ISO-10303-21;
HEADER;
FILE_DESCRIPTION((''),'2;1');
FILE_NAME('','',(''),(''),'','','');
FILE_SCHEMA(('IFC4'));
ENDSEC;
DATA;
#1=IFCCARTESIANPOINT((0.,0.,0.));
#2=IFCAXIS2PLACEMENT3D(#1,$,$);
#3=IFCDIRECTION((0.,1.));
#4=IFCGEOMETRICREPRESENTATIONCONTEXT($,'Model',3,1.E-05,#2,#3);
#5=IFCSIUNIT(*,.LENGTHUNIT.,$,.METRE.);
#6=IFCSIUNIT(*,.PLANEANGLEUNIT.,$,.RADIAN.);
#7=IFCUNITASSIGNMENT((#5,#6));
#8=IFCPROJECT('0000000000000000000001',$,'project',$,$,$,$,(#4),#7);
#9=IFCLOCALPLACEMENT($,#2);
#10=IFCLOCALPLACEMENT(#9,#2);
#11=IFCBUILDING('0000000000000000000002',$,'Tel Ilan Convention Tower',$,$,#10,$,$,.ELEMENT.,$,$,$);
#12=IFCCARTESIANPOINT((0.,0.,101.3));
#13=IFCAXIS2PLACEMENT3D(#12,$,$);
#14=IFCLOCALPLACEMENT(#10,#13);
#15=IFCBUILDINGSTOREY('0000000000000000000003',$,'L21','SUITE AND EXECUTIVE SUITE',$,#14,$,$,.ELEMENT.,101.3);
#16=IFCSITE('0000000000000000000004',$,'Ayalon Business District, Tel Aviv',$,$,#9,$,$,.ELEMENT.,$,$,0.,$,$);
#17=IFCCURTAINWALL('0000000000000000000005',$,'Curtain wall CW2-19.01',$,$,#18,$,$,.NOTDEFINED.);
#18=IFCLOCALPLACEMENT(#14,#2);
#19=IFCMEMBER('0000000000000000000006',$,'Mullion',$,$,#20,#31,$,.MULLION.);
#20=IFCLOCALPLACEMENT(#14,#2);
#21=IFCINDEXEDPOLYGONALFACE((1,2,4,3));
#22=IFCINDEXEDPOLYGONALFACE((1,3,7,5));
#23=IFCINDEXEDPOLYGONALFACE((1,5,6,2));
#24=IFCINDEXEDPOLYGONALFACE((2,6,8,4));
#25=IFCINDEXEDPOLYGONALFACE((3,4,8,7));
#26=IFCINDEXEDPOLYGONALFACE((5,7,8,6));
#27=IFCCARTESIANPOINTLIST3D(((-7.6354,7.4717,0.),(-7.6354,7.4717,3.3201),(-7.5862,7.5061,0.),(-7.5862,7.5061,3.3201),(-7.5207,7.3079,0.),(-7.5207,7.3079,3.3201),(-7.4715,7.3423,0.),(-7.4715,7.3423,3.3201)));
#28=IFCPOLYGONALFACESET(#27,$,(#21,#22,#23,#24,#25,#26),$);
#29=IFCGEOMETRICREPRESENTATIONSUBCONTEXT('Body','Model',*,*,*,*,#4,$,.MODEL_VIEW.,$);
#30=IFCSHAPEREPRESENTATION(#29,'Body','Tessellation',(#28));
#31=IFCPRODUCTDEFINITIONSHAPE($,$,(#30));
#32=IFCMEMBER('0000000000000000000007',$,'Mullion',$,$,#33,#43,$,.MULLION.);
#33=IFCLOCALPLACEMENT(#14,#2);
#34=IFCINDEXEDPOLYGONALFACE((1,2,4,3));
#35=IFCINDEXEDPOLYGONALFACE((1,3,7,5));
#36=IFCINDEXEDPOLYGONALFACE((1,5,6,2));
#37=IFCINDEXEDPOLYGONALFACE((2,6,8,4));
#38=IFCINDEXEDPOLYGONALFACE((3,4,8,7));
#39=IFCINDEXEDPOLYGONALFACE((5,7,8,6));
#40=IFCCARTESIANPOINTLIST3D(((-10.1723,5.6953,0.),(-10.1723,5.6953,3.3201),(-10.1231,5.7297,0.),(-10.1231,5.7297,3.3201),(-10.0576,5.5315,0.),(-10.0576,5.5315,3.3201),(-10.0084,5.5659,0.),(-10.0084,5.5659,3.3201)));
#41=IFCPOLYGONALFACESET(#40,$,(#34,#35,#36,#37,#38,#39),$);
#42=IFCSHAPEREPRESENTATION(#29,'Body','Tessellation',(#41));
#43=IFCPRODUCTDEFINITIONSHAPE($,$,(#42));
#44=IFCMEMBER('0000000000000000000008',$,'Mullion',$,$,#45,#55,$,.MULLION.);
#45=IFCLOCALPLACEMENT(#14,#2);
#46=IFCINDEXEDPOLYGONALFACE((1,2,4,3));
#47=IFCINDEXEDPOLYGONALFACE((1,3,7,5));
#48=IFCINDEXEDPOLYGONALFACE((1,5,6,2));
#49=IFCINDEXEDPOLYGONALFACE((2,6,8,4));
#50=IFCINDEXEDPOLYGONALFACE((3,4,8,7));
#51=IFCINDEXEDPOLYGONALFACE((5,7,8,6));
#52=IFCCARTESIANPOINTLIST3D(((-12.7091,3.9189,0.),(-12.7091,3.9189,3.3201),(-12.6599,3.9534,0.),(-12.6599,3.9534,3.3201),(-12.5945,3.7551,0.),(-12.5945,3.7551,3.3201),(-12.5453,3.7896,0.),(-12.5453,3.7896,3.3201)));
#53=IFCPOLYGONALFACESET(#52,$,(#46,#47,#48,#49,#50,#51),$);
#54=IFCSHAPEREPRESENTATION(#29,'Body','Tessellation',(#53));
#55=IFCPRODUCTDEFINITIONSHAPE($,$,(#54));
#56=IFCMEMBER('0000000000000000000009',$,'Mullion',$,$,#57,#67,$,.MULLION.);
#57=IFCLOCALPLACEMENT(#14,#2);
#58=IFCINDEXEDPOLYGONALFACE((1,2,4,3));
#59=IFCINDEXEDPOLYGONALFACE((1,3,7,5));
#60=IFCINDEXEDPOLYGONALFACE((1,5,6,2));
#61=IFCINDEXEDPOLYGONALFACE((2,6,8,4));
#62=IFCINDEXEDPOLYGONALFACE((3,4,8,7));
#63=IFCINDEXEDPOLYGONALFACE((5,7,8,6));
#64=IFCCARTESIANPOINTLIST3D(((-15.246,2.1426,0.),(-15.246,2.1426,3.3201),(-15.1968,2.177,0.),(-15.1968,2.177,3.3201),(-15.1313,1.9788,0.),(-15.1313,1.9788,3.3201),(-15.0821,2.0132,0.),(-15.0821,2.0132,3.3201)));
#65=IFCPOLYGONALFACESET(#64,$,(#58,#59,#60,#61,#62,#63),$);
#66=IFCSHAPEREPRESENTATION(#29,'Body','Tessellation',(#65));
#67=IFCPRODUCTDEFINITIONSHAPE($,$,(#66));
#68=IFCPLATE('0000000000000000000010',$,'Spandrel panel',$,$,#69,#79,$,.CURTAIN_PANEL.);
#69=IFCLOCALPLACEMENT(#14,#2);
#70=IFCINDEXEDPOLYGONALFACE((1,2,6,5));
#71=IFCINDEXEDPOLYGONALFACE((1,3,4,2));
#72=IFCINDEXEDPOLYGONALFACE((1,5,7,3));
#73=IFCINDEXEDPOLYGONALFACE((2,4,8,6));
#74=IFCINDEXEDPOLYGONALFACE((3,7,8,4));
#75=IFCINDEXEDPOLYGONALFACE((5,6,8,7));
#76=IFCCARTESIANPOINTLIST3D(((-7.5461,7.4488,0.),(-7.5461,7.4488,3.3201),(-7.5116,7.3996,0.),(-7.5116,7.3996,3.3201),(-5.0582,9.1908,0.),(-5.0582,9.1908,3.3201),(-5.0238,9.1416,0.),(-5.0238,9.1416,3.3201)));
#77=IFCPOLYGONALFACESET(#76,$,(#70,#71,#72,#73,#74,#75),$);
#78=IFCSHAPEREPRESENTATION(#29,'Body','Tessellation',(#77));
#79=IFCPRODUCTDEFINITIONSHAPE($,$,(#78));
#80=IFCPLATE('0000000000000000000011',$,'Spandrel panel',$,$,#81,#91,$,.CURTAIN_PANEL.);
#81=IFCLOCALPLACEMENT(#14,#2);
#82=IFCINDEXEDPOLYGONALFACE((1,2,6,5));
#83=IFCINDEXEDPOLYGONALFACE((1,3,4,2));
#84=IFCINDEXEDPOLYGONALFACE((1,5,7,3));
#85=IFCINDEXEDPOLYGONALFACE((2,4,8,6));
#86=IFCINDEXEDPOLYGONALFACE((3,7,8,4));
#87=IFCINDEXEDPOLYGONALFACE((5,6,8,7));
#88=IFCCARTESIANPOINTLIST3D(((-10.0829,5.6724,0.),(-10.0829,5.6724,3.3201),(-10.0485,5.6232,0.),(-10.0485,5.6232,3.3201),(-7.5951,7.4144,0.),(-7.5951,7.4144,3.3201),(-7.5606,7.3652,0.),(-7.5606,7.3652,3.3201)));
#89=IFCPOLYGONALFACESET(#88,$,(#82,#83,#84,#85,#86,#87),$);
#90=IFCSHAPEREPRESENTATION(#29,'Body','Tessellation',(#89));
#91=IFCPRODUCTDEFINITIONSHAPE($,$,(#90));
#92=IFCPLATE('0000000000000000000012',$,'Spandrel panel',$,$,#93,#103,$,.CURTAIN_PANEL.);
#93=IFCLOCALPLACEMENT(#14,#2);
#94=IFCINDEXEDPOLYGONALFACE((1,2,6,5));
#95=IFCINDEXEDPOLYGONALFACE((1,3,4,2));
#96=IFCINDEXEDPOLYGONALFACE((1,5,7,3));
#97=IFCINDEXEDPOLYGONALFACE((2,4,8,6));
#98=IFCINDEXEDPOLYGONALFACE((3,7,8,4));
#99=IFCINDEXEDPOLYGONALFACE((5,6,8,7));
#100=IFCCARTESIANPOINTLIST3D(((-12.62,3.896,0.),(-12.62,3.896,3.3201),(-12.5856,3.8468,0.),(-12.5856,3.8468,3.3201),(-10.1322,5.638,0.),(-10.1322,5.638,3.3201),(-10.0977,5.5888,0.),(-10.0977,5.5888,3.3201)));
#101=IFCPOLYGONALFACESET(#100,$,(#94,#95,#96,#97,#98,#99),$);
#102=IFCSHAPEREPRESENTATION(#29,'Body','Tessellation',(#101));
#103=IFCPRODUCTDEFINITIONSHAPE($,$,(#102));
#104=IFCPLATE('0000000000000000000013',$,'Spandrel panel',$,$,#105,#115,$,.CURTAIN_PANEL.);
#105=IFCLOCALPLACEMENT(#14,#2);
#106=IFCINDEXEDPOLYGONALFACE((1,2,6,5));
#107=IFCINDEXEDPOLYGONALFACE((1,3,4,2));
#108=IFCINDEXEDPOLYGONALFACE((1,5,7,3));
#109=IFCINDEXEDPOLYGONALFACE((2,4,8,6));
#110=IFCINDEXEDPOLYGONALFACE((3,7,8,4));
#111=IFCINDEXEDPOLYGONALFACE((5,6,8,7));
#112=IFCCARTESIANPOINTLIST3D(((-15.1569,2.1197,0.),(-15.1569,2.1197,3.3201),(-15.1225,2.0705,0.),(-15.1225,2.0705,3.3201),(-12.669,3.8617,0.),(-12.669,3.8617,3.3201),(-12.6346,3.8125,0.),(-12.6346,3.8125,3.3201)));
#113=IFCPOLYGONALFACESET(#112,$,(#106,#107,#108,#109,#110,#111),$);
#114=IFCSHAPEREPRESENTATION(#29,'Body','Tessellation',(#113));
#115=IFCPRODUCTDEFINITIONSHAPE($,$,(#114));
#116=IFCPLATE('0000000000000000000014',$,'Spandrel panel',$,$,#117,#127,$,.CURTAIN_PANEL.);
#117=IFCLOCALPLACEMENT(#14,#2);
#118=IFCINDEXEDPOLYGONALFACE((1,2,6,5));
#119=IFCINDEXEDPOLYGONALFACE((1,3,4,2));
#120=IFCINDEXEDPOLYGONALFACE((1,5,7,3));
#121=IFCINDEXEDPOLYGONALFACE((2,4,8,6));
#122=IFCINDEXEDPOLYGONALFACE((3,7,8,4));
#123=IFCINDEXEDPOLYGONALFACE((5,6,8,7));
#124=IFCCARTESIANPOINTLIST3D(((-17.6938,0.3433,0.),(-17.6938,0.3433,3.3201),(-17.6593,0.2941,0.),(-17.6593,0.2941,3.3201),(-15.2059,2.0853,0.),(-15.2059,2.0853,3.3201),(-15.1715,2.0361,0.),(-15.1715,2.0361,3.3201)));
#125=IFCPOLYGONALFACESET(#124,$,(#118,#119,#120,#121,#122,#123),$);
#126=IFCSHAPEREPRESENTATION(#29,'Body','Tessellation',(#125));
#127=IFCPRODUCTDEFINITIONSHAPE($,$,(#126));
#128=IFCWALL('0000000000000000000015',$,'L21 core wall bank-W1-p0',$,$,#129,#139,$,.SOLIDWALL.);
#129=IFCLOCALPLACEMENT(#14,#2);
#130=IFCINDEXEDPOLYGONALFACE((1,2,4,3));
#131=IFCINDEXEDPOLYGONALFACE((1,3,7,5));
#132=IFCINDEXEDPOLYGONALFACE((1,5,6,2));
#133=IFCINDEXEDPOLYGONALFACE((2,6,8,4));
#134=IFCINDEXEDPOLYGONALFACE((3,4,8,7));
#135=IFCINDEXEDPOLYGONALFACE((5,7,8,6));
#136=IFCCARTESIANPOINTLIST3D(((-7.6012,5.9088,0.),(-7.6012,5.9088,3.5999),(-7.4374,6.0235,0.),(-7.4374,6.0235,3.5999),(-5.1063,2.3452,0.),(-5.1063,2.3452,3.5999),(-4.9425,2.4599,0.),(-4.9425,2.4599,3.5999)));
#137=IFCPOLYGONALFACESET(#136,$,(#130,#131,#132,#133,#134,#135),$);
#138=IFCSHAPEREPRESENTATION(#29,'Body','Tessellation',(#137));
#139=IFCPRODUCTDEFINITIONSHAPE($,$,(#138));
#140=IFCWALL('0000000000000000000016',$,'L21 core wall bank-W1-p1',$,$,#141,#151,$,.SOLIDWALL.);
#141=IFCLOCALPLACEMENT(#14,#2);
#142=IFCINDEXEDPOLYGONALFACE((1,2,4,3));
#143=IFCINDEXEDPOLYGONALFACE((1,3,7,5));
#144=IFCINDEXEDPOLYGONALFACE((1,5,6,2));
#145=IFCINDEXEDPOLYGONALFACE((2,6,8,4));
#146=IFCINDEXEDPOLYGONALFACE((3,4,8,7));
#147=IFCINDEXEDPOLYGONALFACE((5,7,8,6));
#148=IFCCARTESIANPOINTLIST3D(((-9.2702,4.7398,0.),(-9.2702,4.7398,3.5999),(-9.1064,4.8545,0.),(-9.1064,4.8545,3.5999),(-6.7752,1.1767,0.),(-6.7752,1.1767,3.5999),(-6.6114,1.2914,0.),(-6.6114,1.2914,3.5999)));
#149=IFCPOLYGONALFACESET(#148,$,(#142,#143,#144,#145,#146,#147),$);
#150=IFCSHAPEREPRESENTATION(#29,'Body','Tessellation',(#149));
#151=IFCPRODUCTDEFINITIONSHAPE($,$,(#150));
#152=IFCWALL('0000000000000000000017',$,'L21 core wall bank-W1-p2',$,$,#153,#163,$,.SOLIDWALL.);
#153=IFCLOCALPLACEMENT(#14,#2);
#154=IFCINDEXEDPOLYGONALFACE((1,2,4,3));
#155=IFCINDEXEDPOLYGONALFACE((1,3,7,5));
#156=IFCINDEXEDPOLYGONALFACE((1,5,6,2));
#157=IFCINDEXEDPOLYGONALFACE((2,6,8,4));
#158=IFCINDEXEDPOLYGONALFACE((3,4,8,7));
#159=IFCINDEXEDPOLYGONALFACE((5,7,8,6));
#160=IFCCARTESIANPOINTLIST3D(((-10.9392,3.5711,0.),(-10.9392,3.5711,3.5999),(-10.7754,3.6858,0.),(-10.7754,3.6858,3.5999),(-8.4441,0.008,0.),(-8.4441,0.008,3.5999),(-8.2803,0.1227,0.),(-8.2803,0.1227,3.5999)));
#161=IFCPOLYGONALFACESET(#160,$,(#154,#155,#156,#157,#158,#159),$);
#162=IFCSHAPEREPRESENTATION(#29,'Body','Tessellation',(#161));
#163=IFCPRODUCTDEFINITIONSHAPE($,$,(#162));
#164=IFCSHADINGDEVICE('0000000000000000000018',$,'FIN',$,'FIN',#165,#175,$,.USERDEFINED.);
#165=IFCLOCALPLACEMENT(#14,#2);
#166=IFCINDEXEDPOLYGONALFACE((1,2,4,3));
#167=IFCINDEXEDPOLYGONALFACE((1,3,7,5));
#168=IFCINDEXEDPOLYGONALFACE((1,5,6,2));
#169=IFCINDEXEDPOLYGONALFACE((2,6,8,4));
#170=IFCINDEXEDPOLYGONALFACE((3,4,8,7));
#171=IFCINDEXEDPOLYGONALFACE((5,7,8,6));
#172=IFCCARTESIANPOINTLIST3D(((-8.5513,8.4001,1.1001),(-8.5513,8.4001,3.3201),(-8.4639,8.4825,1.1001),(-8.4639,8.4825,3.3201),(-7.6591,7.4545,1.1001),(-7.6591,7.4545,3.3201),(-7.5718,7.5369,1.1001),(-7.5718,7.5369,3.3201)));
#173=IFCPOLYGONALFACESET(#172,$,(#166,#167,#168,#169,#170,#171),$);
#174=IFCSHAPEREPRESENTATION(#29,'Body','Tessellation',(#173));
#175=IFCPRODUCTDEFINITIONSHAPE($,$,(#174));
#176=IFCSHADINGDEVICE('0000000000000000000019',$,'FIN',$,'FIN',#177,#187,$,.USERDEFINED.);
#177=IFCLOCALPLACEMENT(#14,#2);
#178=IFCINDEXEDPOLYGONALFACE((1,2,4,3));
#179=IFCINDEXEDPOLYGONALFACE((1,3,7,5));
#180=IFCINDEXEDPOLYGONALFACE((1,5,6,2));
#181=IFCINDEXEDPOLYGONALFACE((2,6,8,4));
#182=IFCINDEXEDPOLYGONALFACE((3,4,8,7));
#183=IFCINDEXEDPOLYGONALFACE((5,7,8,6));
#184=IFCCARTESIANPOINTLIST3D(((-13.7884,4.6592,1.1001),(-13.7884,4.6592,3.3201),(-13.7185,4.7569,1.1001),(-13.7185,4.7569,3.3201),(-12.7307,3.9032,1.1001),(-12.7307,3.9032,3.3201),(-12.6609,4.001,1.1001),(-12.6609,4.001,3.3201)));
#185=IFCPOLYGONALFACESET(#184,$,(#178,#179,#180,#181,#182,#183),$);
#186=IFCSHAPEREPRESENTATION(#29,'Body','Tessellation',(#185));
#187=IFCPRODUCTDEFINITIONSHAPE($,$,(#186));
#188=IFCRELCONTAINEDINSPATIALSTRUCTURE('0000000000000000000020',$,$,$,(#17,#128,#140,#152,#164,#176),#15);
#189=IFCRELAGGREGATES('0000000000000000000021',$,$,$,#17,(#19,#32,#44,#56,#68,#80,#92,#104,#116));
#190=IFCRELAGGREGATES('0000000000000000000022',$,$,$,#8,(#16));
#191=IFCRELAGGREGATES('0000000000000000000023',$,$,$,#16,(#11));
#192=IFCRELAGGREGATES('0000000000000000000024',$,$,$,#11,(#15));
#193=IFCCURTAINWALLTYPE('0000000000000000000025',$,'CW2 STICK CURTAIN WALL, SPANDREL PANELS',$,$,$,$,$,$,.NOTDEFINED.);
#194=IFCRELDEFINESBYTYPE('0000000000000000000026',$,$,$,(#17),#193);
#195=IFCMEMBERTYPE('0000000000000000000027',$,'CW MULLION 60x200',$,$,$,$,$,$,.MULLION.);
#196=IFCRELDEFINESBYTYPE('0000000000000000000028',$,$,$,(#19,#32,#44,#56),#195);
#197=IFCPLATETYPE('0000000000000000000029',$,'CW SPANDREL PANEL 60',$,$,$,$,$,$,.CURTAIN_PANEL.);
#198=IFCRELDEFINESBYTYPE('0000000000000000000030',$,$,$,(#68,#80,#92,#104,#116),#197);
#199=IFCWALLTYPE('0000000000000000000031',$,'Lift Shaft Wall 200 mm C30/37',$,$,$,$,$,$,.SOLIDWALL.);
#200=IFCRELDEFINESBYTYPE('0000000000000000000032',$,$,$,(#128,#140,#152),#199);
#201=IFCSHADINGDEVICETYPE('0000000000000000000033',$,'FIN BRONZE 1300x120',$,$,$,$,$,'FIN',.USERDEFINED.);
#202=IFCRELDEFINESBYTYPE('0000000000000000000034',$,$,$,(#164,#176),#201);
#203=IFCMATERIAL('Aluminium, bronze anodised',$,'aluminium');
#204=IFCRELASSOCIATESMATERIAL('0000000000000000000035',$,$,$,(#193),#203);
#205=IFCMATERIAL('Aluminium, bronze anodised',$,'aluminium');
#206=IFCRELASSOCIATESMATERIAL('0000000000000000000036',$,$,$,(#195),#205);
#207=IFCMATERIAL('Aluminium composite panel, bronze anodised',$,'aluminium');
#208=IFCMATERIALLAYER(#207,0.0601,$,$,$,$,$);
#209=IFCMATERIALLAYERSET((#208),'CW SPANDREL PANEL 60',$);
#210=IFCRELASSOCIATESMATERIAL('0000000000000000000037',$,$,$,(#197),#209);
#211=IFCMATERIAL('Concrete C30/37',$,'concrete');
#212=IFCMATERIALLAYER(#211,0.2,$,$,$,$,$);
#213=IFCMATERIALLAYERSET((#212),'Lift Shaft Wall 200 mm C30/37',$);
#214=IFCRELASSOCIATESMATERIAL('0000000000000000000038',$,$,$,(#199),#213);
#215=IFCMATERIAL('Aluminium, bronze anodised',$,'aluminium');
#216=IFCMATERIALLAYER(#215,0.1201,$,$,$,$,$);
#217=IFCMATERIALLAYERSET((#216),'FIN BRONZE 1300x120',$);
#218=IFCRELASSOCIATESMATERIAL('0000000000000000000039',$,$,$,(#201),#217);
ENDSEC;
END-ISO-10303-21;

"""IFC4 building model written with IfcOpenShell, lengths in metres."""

from ifc_helpers import new_model, si_unit, direction, frame, frame_2d, origin, origin_2d, place, context, subcontext, project, spatial, rectangle, extrude, material, layer, layer_set, material_profile, profile_set, type_object, element, aggregate, save


model = new_model("IFC4")

# Units and contexts
model_context = context("Model", 3, precision=1e-05, world=origin(), true_north=direction((0.0, 1.0)))
body_context = subcontext(model_context, "Body", "Model", "MODEL_VIEW")
ifc_project = project(units=[si_unit("LENGTHUNIT", "METRE"), si_unit("PLANEANGLEUNIT", "RADIAN")], contexts=[model_context])

# Site, building, storey
site_placement = place(None, origin())
site = spatial("IfcSite", under=ifc_project, at=site_placement, Name="Ayalon Business District, Tel Aviv", CompositionType="ELEMENT", RefElevation=0.0)
building_placement = place(site_placement, origin())
building = spatial("IfcBuilding", under=site, at=building_placement, Name="Tel Ilan Convention Tower", CompositionType="ELEMENT")
storey_placement = place(building_placement, frame((0.0, 0.0, 101.3)))
storey = spatial("IfcBuildingStorey", under=building, at=storey_placement, Name="L21", Description="SUITE AND EXECUTIVE SUITE", CompositionType="ELEMENT", Elevation=101.3)

# Curtain wall, members, plates
ifc_material_1 = material(Name="Aluminium, bronze anodised", Category="aluminium")
curtain_wall_type = type_object("IfcCurtainWallType", Name="CW2 STICK CURTAIN WALL, SPANDREL PANELS", PredefinedType="NOTDEFINED", material=ifc_material_1)
curtain_wall_placement = place(storey_placement, origin())
curtain_wall = element("IfcCurtainWall", 1, at=curtain_wall_placement, inside=storey, type_object=curtain_wall_type, Name="Curtain wall CW2-19.01", PredefinedType="NOTDEFINED")
ifc_material_2 = material(Name="Aluminium, bronze anodised", Category="aluminium")
ifc_material_profile = material_profile(ifc_material_2, rectangle(XDim=0.0601, YDim=0.2, at=origin_2d()), Name="CW MULLION 60x200")
ifc_profile_set = profile_set([ifc_material_profile], Name="Aluminium, bronze anodised")
member_type = type_object("IfcMemberType", Name="CW MULLION 60x200", PredefinedType="MULLION", material=ifc_profile_set)
member_1_placement = place(storey_placement, frame((-7.5535, 7.407, 0.0), z_axis=(0.0, 0.0, 1.0), x_axis=(-0.819152, -0.573576, 0.0)))
member_1 = element("IfcMember", 2, at=member_1_placement, type_object=member_type, Name="Mullion", PredefinedType="MULLION", context=body_context, shape_type="SweptSolid", body=[
    extrude(rectangle(XDim=0.0601, YDim=0.2, at=origin_2d()), origin(), (0.0, 0.0, 1.0), 3.3201),
])
member_2_placement = place(storey_placement, frame((-10.0903, 5.6306, 0.0), z_axis=(0.0, 0.0, 1.0), x_axis=(-0.819152, -0.573576, 0.0)))
member_2 = element("IfcMember", 3, at=member_2_placement, type_object=member_type, Name="Mullion", PredefinedType="MULLION", context=body_context, shape_type="SweptSolid", body=[
    extrude(rectangle(XDim=0.0601, YDim=0.2, at=origin_2d()), origin(), (0.0, 0.0, 1.0), 3.3201),
])
member_3_placement = place(storey_placement, frame((-12.6272, 3.8542, 0.0), z_axis=(0.0, 0.0, 1.0), x_axis=(-0.819152, -0.573576, 0.0)))
member_3 = element("IfcMember", 4, at=member_3_placement, type_object=member_type, Name="Mullion", PredefinedType="MULLION", context=body_context, shape_type="SweptSolid", body=[
    extrude(rectangle(XDim=0.0601, YDim=0.2, at=origin_2d()), origin(), (0.0, 0.0, 1.0), 3.3201),
])
member_4_placement = place(storey_placement, frame((-15.1641, 2.0779, 0.0), z_axis=(0.0, 0.0, 1.0), x_axis=(-0.819152, -0.573576, 0.0)))
member_4 = element("IfcMember", 5, at=member_4_placement, type_object=member_type, Name="Mullion", PredefinedType="MULLION", context=body_context, shape_type="SweptSolid", body=[
    extrude(rectangle(XDim=0.0601, YDim=0.2, at=origin_2d()), origin(), (0.0, 0.0, 1.0), 3.3201),
])
ifc_material_3 = material(Name="Aluminium composite panel, bronze anodised", Category="aluminium")
ifc_layer_1 = layer(ifc_material_3, 0.0601)
ifc_layer_set_1 = layer_set([ifc_layer_1], Name="CW SPANDREL PANEL 60")
plate_type = type_object("IfcPlateType", Name="CW SPANDREL PANEL 60", PredefinedType="CURTAIN_PANEL", material=ifc_layer_set_1)
plate_1_placement = place(storey_placement, frame((-6.2849, 8.2952, 0.0), z_axis=(0.0, 0.0, 1.0), x_axis=(-0.819152, -0.573576, 0.0)))
plate_1 = element("IfcPlate", 6, at=plate_1_placement, type_object=plate_type, Name="Spandrel panel", PredefinedType="CURTAIN_PANEL", context=body_context, shape_type="SweptSolid", body=[
    extrude(rectangle(XDim=3.0371, YDim=0.0601, at=origin_2d()), origin(), (0.0, 0.0, 1.0), 3.3201),
])
plate_2_placement = place(storey_placement, frame((-8.8218, 6.5188, 0.0), z_axis=(0.0, 0.0, 1.0), x_axis=(-0.819152, -0.573576, 0.0)))
plate_2 = element("IfcPlate", 7, at=plate_2_placement, type_object=plate_type, Name="Spandrel panel", PredefinedType="CURTAIN_PANEL", context=body_context, shape_type="SweptSolid", body=[
    extrude(rectangle(XDim=3.0371, YDim=0.0601, at=origin_2d()), origin(), (0.0, 0.0, 1.0), 3.3201),
])
plate_3_placement = place(storey_placement, frame((-11.3589, 4.7424, 0.0), z_axis=(0.0, 0.0, 1.0), x_axis=(-0.819152, -0.573576, 0.0)))
plate_3 = element("IfcPlate", 8, at=plate_3_placement, type_object=plate_type, Name="Spandrel panel", PredefinedType="CURTAIN_PANEL", context=body_context, shape_type="SweptSolid", body=[
    extrude(rectangle(XDim=3.0371, YDim=0.0601, at=origin_2d()), origin(), (0.0, 0.0, 1.0), 3.3201),
])
plate_4_placement = place(storey_placement, frame((-13.8958, 2.9661, 0.0), z_axis=(0.0, 0.0, 1.0), x_axis=(-0.819152, -0.573576, 0.0)))
plate_4 = element("IfcPlate", 9, at=plate_4_placement, type_object=plate_type, Name="Spandrel panel", PredefinedType="CURTAIN_PANEL", context=body_context, shape_type="SweptSolid", body=[
    extrude(rectangle(XDim=3.0371, YDim=0.0601, at=origin_2d()), origin(), (0.0, 0.0, 1.0), 3.3201),
])
plate_5_placement = place(storey_placement, frame((-16.4326, 1.1897, 0.0), z_axis=(0.0, 0.0, 1.0), x_axis=(-0.819152, -0.573576, 0.0)))
plate_5 = element("IfcPlate", 10, at=plate_5_placement, type_object=plate_type, Name="Spandrel panel", PredefinedType="CURTAIN_PANEL", context=body_context, shape_type="SweptSolid", body=[
    extrude(rectangle(XDim=3.0371, YDim=0.0601, at=origin_2d()), origin(), (0.0, 0.0, 1.0), 3.3201),
])
aggregate(curtain_wall, [member_1, member_2, member_3, member_4, plate_1, plate_2, plate_3, plate_4, plate_5])

# Walls
ifc_material_4 = material(Name="Concrete C30/37", Category="concrete")
ifc_layer_2 = layer(ifc_material_4, 0.2)
ifc_layer_set_2 = layer_set([ifc_layer_2], Name="Lift Shaft Wall 200 mm C30/37")
wall_type = type_object("IfcWallType", Name="Lift Shaft Wall 200 mm C30/37", PredefinedType="SOLIDWALL", material=ifc_layer_set_2)
wall_placement = place(storey_placement, frame((-5.0244, 2.4026, 0.0), z_axis=(0.0, 0.0, 1.0), x_axis=(-0.57353, 0.819184, 0.0)))
element("IfcWall", 11, at=wall_placement, inside=storey, type_object=wall_type, Name="L21 core wall bank-W1-p0", PredefinedType="SOLIDWALL", context=body_context, shape_type="SweptSolid", body=[
    extrude(rectangle(XDim=4.3501, YDim=0.2, at=frame_2d((2.175, 0.0))), origin(), (0.0, 0.0, 1.0), 3.5999),
])
for number, where, z_axis, x_axis, name in (
    (12, (-6.6934, 1.2341, 0.0), (0.0, 0.0, 1.0), (-0.573594, 0.81914, 0.0), "L21 core wall bank-W1-p1"),
    (13, (-8.3623, 0.0654, 0.0), (0.0, 0.0, 1.0), (-0.573594, 0.81914, 0.0), "L21 core wall bank-W1-p2"),
):
    element("IfcWall", number, at=place(storey_placement, frame(where, z_axis=z_axis, x_axis=x_axis)), inside=storey, type_object=wall_type, Name=name, PredefinedType="SOLIDWALL", context=body_context, shape_type="SweptSolid", body=[
        extrude(rectangle(XDim=4.3499, YDim=0.2, at=frame_2d((2.1748, 0.0))), origin(), (0.0, 0.0, 1.0), 3.5999),
    ])

# Shading devices
ifc_material_5 = material(Name="Aluminium, bronze anodised", Category="aluminium")
ifc_layer_3 = layer(ifc_material_5, 0.1201)
ifc_layer_set_3 = layer_set([ifc_layer_3], Name="FIN BRONZE 1300x120")
shading_device_type = type_object("IfcShadingDeviceType", Name="FIN BRONZE 1300x120", ElementType="FIN", PredefinedType="USERDEFINED", material=ifc_layer_set_3)
for number, where, z_axis, x_axis, name in (
    (14, (-8.0615, 7.9685, 1.1001), (0.0, 0.0, 1.0), (-0.686242, 0.727374, 0.0), "FIN"),
    (15, (-13.2246, 4.3301, 1.1001), (0.0, 0.0, 1.0), (-0.813552, 0.581492, 0.0), "FIN"),
):
    element("IfcShadingDevice", number, at=place(storey_placement, frame(where, z_axis=z_axis, x_axis=x_axis)), inside=storey, type_object=shading_device_type, Name=name, ObjectType="FIN", PredefinedType="USERDEFINED", context=body_context, shape_type="SweptSolid", body=[
        extrude(rectangle(XDim=1.3, YDim=0.1201, at=origin_2d()), origin(), (0.0, 0.0, 1.0), 2.22),
    ])

save(model, "model.ifc")
